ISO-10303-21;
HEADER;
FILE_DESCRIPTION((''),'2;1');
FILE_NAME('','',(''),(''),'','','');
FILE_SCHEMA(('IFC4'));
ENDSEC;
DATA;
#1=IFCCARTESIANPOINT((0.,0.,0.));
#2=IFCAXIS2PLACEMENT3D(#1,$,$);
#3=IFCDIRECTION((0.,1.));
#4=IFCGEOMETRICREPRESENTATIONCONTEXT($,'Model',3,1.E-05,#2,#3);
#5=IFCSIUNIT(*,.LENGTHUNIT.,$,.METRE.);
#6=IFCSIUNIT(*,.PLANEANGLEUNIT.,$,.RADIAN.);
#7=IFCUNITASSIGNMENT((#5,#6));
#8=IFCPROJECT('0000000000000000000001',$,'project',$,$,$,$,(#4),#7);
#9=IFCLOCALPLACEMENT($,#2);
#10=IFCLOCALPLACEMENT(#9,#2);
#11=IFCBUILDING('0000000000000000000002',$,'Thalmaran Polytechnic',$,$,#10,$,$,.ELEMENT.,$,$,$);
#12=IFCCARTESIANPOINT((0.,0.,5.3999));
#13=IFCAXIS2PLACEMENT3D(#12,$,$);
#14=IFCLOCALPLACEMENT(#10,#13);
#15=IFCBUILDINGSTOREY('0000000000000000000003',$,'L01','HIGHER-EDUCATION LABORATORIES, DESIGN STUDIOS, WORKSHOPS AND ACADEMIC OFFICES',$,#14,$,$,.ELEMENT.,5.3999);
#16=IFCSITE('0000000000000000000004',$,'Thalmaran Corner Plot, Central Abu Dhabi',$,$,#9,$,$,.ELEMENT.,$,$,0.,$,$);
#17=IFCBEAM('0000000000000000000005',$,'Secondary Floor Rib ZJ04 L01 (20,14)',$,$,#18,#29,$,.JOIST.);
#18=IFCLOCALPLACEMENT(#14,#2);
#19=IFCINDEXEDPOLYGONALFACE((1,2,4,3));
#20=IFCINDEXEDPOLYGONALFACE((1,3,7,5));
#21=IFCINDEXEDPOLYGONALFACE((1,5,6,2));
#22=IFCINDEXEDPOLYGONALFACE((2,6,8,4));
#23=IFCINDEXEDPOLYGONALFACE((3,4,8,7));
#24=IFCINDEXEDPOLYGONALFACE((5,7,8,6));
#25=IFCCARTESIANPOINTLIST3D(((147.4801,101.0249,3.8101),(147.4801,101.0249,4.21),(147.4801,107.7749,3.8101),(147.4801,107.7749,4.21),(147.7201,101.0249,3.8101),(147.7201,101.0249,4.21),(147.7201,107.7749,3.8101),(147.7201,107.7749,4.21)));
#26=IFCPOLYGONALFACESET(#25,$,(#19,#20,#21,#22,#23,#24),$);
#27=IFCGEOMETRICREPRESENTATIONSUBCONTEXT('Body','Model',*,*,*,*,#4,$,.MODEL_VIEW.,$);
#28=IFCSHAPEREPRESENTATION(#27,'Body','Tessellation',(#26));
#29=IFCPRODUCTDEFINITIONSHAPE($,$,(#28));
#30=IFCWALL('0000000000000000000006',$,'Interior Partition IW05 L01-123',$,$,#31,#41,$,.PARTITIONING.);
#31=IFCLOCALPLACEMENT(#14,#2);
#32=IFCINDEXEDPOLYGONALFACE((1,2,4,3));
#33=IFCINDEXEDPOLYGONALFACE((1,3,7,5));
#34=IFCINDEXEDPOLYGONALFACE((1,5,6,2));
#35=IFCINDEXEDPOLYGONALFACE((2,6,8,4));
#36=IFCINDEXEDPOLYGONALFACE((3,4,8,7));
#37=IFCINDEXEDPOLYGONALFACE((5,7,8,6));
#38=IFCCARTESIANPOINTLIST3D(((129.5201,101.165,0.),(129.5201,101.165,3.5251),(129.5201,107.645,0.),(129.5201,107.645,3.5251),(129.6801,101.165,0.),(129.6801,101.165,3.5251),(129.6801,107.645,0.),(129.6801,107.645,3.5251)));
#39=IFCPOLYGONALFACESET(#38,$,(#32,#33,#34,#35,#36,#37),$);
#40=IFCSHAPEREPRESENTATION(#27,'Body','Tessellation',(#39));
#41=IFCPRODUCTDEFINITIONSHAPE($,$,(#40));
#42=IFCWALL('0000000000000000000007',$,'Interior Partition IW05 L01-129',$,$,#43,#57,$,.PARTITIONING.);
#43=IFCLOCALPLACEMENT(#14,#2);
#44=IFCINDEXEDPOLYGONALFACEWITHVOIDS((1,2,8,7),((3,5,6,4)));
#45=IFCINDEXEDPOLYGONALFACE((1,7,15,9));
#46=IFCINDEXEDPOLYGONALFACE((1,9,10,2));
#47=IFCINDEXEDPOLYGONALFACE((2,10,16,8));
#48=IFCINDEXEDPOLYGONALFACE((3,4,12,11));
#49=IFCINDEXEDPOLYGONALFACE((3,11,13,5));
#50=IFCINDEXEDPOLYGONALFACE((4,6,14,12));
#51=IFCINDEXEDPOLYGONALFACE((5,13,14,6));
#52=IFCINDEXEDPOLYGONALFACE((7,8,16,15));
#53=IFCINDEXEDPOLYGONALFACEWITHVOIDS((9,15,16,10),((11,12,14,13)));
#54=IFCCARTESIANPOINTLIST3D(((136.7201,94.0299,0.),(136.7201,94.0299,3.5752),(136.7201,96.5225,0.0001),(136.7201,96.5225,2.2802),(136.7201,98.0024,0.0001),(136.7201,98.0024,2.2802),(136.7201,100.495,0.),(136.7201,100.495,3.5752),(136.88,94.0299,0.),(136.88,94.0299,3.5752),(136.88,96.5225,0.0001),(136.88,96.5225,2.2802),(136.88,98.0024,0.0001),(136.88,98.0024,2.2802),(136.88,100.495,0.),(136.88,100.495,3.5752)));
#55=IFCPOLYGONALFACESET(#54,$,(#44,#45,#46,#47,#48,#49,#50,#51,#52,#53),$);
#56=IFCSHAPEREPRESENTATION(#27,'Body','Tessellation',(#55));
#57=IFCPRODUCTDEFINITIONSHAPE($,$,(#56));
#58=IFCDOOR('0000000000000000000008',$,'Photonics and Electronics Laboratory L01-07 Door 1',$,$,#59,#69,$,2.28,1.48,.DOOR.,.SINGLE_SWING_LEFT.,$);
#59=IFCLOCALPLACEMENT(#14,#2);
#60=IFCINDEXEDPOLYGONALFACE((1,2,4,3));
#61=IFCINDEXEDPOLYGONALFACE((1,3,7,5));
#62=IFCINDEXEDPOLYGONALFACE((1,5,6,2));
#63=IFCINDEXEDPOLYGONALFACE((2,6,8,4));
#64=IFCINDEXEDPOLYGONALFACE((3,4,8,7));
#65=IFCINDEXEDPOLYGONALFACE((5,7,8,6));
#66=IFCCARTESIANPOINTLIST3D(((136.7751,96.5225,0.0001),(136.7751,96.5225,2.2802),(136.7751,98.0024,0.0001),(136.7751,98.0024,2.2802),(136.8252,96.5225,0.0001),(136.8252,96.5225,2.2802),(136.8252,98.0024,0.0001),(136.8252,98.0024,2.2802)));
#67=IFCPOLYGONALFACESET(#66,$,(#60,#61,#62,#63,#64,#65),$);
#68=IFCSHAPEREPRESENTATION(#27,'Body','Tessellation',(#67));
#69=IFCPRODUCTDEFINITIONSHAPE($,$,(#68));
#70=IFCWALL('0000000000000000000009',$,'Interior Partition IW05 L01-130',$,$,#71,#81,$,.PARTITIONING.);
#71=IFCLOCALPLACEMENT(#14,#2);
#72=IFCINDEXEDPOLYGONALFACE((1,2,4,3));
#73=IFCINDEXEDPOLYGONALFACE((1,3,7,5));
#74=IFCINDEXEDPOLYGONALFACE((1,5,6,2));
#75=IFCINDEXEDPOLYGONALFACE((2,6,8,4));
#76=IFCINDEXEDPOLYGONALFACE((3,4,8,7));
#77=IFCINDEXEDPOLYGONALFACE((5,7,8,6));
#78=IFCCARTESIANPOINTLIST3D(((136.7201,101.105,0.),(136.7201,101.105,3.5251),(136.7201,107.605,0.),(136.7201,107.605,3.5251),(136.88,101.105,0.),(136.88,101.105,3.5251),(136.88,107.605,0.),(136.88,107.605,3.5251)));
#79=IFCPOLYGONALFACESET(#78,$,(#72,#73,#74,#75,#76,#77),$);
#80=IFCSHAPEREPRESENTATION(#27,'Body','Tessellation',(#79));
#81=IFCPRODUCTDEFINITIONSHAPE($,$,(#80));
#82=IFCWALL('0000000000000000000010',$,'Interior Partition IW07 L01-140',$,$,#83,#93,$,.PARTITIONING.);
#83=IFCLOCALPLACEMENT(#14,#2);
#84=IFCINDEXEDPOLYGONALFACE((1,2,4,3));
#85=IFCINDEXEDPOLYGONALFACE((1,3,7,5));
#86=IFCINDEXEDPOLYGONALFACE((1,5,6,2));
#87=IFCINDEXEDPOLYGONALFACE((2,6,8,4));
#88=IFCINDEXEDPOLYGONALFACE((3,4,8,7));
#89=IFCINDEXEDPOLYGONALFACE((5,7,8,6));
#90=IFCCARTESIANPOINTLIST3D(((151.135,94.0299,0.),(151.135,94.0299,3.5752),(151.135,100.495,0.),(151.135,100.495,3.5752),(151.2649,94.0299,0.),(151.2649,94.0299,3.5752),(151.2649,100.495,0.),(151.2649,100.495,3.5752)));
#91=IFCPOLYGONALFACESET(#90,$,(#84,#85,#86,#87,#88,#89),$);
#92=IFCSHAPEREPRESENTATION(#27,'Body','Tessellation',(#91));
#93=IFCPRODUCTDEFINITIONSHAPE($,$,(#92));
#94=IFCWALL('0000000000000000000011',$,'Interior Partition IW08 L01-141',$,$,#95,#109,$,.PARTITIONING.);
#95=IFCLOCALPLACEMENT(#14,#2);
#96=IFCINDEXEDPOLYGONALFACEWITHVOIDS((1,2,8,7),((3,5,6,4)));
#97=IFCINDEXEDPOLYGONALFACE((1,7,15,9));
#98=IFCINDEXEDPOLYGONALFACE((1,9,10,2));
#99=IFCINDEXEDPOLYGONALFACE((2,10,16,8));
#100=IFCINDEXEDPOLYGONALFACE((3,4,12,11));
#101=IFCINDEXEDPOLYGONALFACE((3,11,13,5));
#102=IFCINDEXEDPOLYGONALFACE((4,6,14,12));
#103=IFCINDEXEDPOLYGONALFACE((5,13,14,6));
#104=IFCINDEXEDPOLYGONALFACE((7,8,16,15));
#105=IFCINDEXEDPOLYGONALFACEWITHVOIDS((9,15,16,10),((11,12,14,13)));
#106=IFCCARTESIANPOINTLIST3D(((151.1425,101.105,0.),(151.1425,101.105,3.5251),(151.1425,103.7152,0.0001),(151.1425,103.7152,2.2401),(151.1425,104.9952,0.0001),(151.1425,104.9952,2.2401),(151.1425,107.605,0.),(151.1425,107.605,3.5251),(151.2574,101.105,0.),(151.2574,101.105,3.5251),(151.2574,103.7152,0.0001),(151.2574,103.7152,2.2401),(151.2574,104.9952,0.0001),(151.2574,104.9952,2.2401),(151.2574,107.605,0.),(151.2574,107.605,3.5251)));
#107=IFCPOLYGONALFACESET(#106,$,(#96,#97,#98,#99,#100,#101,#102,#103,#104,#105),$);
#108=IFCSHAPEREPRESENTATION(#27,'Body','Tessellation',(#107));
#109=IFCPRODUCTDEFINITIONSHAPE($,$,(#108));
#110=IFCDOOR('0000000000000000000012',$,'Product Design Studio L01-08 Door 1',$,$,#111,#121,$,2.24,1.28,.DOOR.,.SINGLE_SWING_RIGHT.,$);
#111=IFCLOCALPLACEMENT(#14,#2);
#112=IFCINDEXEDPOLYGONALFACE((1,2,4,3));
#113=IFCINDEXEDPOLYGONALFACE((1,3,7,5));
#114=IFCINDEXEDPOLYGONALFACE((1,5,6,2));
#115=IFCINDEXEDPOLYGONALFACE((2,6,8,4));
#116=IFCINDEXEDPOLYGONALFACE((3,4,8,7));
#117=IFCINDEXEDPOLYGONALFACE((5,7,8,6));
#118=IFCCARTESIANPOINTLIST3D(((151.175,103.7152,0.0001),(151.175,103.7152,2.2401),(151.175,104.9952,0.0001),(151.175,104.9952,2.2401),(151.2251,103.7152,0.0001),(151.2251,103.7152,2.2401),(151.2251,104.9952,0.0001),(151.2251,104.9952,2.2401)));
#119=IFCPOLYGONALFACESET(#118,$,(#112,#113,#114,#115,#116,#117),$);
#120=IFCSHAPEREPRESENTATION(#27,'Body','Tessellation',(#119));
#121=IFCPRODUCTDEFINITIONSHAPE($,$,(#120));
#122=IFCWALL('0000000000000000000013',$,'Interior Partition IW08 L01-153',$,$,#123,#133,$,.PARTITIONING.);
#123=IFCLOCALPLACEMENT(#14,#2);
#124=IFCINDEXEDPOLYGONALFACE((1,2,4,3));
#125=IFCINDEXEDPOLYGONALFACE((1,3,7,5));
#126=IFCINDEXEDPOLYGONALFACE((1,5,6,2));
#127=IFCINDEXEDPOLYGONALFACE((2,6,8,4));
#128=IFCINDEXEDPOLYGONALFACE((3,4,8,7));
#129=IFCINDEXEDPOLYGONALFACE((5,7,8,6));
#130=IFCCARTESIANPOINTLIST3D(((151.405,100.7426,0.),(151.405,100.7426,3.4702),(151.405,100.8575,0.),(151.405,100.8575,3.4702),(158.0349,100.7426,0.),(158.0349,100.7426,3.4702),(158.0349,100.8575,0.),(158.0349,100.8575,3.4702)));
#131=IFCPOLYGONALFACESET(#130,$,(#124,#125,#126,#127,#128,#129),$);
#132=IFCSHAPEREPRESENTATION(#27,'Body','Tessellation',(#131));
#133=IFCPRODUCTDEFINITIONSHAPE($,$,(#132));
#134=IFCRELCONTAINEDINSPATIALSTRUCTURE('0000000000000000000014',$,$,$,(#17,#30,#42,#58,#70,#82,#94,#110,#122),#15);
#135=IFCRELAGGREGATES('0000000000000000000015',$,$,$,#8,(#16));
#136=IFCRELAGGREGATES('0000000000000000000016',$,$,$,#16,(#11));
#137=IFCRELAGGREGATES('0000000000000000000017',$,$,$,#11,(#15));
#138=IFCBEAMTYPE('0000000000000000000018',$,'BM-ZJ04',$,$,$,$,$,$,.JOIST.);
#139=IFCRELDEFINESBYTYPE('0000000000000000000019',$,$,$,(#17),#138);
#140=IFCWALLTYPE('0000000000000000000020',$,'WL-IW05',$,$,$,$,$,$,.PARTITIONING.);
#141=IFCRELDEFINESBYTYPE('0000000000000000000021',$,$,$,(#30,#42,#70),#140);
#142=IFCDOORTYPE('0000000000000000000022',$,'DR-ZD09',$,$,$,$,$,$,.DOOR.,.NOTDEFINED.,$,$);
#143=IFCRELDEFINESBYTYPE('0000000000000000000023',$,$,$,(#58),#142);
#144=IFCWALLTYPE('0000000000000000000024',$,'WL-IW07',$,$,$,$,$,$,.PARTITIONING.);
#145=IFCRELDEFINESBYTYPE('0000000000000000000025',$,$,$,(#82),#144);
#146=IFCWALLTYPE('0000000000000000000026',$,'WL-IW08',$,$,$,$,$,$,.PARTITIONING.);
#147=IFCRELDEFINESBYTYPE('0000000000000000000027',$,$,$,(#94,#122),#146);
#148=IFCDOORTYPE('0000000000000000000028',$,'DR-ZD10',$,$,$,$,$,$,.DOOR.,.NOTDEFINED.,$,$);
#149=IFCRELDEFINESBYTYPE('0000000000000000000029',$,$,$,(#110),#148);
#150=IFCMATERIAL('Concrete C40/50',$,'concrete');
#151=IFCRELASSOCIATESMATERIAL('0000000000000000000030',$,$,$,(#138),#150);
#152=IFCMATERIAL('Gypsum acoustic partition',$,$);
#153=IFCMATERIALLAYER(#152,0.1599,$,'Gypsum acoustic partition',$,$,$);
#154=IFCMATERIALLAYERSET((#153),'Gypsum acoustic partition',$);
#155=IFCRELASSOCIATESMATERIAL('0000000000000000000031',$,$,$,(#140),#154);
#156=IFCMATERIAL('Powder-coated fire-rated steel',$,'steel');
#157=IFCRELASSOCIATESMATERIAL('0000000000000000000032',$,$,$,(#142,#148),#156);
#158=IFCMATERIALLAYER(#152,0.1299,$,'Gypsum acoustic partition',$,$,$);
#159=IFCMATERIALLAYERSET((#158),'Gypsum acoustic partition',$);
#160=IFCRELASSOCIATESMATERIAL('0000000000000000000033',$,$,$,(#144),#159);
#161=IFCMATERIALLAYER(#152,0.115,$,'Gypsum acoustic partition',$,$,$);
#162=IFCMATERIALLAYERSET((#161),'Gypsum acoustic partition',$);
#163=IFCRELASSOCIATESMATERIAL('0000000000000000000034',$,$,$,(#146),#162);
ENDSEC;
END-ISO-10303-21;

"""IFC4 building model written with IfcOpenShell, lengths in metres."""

from ifc_helpers import new_model, si_unit, direction, frame, frame_2d, origin, origin_2d, place, context, subcontext, project, spatial, rectangle, extrude, material, layer, layer_set, material_profile, profile_set, type_object, element, fill, save


model = new_model("IFC4")

# Units and contexts
model_context = context("Model", 3, precision=1e-05, world=origin(), true_north=direction((0.0, 1.0)))
body_context = subcontext(model_context, "Body", "Model", "MODEL_VIEW")
ifc_project = project(units=[si_unit("LENGTHUNIT", "METRE"), si_unit("PLANEANGLEUNIT", "RADIAN")], contexts=[model_context])

# Site, building, storey
site_placement = place(None, origin())
site = spatial("IfcSite", under=ifc_project, at=site_placement, Name="Thalmaran Corner Plot, Central Abu Dhabi", CompositionType="ELEMENT", RefElevation=0.0)
building_placement = place(site_placement, origin())
building = spatial("IfcBuilding", under=site, at=building_placement, Name="Thalmaran Polytechnic", CompositionType="ELEMENT")
storey_placement = place(building_placement, frame((0.0, 0.0, 5.3999)))
storey = spatial("IfcBuildingStorey", under=building, at=storey_placement, Name="L01", Description="HIGHER-EDUCATION LABORATORIES, DESIGN STUDIOS, WORKSHOPS AND ACADEMIC OFFICES", CompositionType="ELEMENT", Elevation=5.3999)

# Shared definitions
ifc_material_1 = material(Name="Concrete C40/50", Category="concrete")

# Beam
ifc_material_profile_1 = material_profile(ifc_material_1, rectangle(XDim=0.24, YDim=0.3999, at=origin_2d()), Name="RC 240x400")
ifc_profile_set_1 = profile_set([ifc_material_profile_1], Name="Concrete C40/50")
beam_type_1 = type_object("IfcBeamType", Name="BM-ZJ04", PredefinedType="JOIST", material=ifc_profile_set_1)
beam_1_placement = place(storey_placement, frame((147.6001, 101.0249, 4.01), z_axis=(0.0, 1.0, 0.0), x_axis=(-1.0, 0.0, 0.0)))
element("IfcBeam", 1, at=beam_1_placement, inside=storey, type_object=beam_type_1, Name="Secondary Floor Rib ZJ04 L01 (20,14)", PredefinedType="JOIST", context=body_context, shape_type="SweptSolid", body=[
    extrude(rectangle(XDim=0.24, YDim=0.3999, at=origin_2d()), origin(), (0.0, 0.0, 1.0), 6.75),
])

# Wall
ifc_material_2 = material(Name="Gypsum acoustic partition")
ifc_layer_1 = layer(ifc_material_2, 0.1599, Name="Gypsum acoustic partition")
ifc_layer_set_1 = layer_set([ifc_layer_1], Name="Gypsum acoustic partition")
wall_type_1 = type_object("IfcWallType", Name="WL-IW05", PredefinedType="PARTITIONING", material=ifc_layer_set_1)
wall_1_placement = place(storey_placement, frame((129.6001, 101.165, 0.0), z_axis=(0.0, 0.0, 1.0), x_axis=(0.0, 1.0, 0.0)))
element("IfcWall", 2, at=wall_1_placement, inside=storey, type_object=wall_type_1, Name="Interior Partition IW05 L01-123", PredefinedType="PARTITIONING", context=body_context, shape_type="SweptSolid", body=[
    extrude(rectangle(XDim=6.48, YDim=0.1599, at=frame_2d((3.24, 0.0))), origin(), (0.0, 0.0, 1.0), 3.5251),
])

# Wall, opening, door
wall_2_placement = place(storey_placement, frame((136.8, 94.03, 0.0), z_axis=(0.0, 0.0, 1.0), x_axis=(0.0, 1.0, 0.0)))
wall_2 = element("IfcWall", 3, at=wall_2_placement, inside=storey, type_object=wall_type_1, Name="Interior Partition IW05 L01-129", PredefinedType="PARTITIONING", context=body_context, shape_type="SweptSolid", body=[
    extrude(rectangle(XDim=6.4651, YDim=0.1599, at=frame_2d((3.2324, 0.0))), origin(), (0.0, 0.0, 1.0), 3.5752),
])
opening_1_placement = place(wall_2_placement, frame((2.4924, 0.0, 0.0)))
opening_1 = element("IfcOpeningElement", 4, at=opening_1_placement, cuts=wall_2, PredefinedType="OPENING", context=body_context, shape_type="SweptSolid", body=[
    extrude(rectangle(XDim=1.48, YDim=2.28, at=frame_2d((0.74, 1.1401))), frame((0.0, 0.0898, 0.0), z_axis=(0.0, -1.0, 0.0), x_axis=(1.0, 0.0, 0.0)), (0.0, 0.0, 1.0), 0.1799),
])
ifc_material_3 = material(Name="Powder-coated fire-rated steel", Category="steel")
door_type_1 = type_object("IfcDoorType", Name="DR-ZD09", OperationType="NOTDEFINED", PredefinedType="DOOR", material=ifc_material_3)
door_1_placement = place(opening_1_placement, origin())
door_1 = element("IfcDoor", 5, at=door_1_placement, inside=storey, type_object=door_type_1, Name="Photonics and Electronics Laboratory L01-07 Door 1", OperationType="SINGLE_SWING_LEFT", OverallHeight=2.28, OverallWidth=1.48, PredefinedType="DOOR", context=body_context, shape_type="SweptSolid", body=[
    extrude(rectangle(XDim=1.48, YDim=2.28, at=frame_2d((0.74, 1.1401))), frame((0.0, 0.0249, 0.0), z_axis=(0.0, -1.0, 0.0), x_axis=(1.0, 0.0, 0.0)), (0.0, 0.0, 1.0), 0.05),
])
fill(opening_1, door_1)

# Walls
wall_3_placement = place(storey_placement, frame((136.8, 101.105, 0.0), z_axis=(0.0, 0.0, 1.0), x_axis=(0.0, 1.0, 0.0)))
element("IfcWall", 6, at=wall_3_placement, inside=storey, type_object=wall_type_1, Name="Interior Partition IW05 L01-130", PredefinedType="PARTITIONING", context=body_context, shape_type="SweptSolid", body=[
    extrude(rectangle(XDim=6.5, YDim=0.1599, at=frame_2d((3.25, 0.0))), origin(), (0.0, 0.0, 1.0), 3.5251),
])
ifc_layer_2 = layer(ifc_material_2, 0.1299, Name="Gypsum acoustic partition")
ifc_layer_set_2 = layer_set([ifc_layer_2], Name="Gypsum acoustic partition")
wall_type_2 = type_object("IfcWallType", Name="WL-IW07", PredefinedType="PARTITIONING", material=ifc_layer_set_2)
wall_4_placement = place(storey_placement, frame((151.2, 94.03, 0.0), z_axis=(0.0, 0.0, 1.0), x_axis=(0.0, 1.0, 0.0)))
element("IfcWall", 7, at=wall_4_placement, inside=storey, type_object=wall_type_2, Name="Interior Partition IW07 L01-140", PredefinedType="PARTITIONING", context=body_context, shape_type="SweptSolid", body=[
    extrude(rectangle(XDim=6.4651, YDim=0.1299, at=frame_2d((3.2324, 0.0))), origin(), (0.0, 0.0, 1.0), 3.5752),
])

# Wall, opening, door
ifc_layer_3 = layer(ifc_material_2, 0.115, Name="Gypsum acoustic partition")
ifc_layer_set_3 = layer_set([ifc_layer_3], Name="Gypsum acoustic partition")
wall_type_3 = type_object("IfcWallType", Name="WL-IW08", PredefinedType="PARTITIONING", material=ifc_layer_set_3)
wall_5_placement = place(storey_placement, frame((151.2, 101.105, 0.0), z_axis=(0.0, 0.0, 1.0), x_axis=(0.0, 1.0, 0.0)))
wall_5 = element("IfcWall", 8, at=wall_5_placement, inside=storey, type_object=wall_type_3, Name="Interior Partition IW08 L01-141", PredefinedType="PARTITIONING", context=body_context, shape_type="SweptSolid", body=[
    extrude(rectangle(XDim=6.5, YDim=0.115, at=frame_2d((3.25, 0.0))), origin(), (0.0, 0.0, 1.0), 3.5251),
])
opening_2_placement = place(wall_5_placement, frame((2.6101, 0.0, 0.0)))
opening_2 = element("IfcOpeningElement", 9, at=opening_2_placement, cuts=wall_5, PredefinedType="OPENING", context=body_context, shape_type="SweptSolid", body=[
    extrude(rectangle(XDim=1.28, YDim=2.24, at=frame_2d((0.6401, 1.1201))), frame((0.0, 0.0674, 0.0), z_axis=(0.0, -1.0, 0.0), x_axis=(1.0, 0.0, 0.0)), (0.0, 0.0, 1.0), 0.135),
])
door_type_2 = type_object("IfcDoorType", Name="DR-ZD10", OperationType="NOTDEFINED", PredefinedType="DOOR", material=ifc_material_3)
door_2_placement = place(opening_2_placement, origin())
door_2 = element("IfcDoor", 10, at=door_2_placement, inside=storey, type_object=door_type_2, Name="Product Design Studio L01-08 Door 1", OperationType="SINGLE_SWING_RIGHT", OverallHeight=2.24, OverallWidth=1.28, PredefinedType="DOOR", context=body_context, shape_type="SweptSolid", body=[
    extrude(rectangle(XDim=1.28, YDim=2.24, at=frame_2d((0.6401, 1.1201))), frame((0.0, 0.0249, 0.0), z_axis=(0.0, -1.0, 0.0), x_axis=(1.0, 0.0, 0.0)), (0.0, 0.0, 1.0), 0.05),
])
fill(opening_2, door_2)

# Wall
wall_6_placement = place(storey_placement, frame((151.405, 100.8, 0.0), z_axis=(0.0, 0.0, 1.0), x_axis=(1.0, 0.0, 0.0)))
element("IfcWall", 11, at=wall_6_placement, inside=storey, type_object=wall_type_3, Name="Interior Partition IW08 L01-153", PredefinedType="PARTITIONING", context=body_context, shape_type="SweptSolid", body=[
    extrude(rectangle(XDim=6.6299, YDim=0.115, at=frame_2d((3.3149, 0.0))), origin(), (0.0, 0.0, 1.0), 3.4702),
])

save(model, "model.ifc")
